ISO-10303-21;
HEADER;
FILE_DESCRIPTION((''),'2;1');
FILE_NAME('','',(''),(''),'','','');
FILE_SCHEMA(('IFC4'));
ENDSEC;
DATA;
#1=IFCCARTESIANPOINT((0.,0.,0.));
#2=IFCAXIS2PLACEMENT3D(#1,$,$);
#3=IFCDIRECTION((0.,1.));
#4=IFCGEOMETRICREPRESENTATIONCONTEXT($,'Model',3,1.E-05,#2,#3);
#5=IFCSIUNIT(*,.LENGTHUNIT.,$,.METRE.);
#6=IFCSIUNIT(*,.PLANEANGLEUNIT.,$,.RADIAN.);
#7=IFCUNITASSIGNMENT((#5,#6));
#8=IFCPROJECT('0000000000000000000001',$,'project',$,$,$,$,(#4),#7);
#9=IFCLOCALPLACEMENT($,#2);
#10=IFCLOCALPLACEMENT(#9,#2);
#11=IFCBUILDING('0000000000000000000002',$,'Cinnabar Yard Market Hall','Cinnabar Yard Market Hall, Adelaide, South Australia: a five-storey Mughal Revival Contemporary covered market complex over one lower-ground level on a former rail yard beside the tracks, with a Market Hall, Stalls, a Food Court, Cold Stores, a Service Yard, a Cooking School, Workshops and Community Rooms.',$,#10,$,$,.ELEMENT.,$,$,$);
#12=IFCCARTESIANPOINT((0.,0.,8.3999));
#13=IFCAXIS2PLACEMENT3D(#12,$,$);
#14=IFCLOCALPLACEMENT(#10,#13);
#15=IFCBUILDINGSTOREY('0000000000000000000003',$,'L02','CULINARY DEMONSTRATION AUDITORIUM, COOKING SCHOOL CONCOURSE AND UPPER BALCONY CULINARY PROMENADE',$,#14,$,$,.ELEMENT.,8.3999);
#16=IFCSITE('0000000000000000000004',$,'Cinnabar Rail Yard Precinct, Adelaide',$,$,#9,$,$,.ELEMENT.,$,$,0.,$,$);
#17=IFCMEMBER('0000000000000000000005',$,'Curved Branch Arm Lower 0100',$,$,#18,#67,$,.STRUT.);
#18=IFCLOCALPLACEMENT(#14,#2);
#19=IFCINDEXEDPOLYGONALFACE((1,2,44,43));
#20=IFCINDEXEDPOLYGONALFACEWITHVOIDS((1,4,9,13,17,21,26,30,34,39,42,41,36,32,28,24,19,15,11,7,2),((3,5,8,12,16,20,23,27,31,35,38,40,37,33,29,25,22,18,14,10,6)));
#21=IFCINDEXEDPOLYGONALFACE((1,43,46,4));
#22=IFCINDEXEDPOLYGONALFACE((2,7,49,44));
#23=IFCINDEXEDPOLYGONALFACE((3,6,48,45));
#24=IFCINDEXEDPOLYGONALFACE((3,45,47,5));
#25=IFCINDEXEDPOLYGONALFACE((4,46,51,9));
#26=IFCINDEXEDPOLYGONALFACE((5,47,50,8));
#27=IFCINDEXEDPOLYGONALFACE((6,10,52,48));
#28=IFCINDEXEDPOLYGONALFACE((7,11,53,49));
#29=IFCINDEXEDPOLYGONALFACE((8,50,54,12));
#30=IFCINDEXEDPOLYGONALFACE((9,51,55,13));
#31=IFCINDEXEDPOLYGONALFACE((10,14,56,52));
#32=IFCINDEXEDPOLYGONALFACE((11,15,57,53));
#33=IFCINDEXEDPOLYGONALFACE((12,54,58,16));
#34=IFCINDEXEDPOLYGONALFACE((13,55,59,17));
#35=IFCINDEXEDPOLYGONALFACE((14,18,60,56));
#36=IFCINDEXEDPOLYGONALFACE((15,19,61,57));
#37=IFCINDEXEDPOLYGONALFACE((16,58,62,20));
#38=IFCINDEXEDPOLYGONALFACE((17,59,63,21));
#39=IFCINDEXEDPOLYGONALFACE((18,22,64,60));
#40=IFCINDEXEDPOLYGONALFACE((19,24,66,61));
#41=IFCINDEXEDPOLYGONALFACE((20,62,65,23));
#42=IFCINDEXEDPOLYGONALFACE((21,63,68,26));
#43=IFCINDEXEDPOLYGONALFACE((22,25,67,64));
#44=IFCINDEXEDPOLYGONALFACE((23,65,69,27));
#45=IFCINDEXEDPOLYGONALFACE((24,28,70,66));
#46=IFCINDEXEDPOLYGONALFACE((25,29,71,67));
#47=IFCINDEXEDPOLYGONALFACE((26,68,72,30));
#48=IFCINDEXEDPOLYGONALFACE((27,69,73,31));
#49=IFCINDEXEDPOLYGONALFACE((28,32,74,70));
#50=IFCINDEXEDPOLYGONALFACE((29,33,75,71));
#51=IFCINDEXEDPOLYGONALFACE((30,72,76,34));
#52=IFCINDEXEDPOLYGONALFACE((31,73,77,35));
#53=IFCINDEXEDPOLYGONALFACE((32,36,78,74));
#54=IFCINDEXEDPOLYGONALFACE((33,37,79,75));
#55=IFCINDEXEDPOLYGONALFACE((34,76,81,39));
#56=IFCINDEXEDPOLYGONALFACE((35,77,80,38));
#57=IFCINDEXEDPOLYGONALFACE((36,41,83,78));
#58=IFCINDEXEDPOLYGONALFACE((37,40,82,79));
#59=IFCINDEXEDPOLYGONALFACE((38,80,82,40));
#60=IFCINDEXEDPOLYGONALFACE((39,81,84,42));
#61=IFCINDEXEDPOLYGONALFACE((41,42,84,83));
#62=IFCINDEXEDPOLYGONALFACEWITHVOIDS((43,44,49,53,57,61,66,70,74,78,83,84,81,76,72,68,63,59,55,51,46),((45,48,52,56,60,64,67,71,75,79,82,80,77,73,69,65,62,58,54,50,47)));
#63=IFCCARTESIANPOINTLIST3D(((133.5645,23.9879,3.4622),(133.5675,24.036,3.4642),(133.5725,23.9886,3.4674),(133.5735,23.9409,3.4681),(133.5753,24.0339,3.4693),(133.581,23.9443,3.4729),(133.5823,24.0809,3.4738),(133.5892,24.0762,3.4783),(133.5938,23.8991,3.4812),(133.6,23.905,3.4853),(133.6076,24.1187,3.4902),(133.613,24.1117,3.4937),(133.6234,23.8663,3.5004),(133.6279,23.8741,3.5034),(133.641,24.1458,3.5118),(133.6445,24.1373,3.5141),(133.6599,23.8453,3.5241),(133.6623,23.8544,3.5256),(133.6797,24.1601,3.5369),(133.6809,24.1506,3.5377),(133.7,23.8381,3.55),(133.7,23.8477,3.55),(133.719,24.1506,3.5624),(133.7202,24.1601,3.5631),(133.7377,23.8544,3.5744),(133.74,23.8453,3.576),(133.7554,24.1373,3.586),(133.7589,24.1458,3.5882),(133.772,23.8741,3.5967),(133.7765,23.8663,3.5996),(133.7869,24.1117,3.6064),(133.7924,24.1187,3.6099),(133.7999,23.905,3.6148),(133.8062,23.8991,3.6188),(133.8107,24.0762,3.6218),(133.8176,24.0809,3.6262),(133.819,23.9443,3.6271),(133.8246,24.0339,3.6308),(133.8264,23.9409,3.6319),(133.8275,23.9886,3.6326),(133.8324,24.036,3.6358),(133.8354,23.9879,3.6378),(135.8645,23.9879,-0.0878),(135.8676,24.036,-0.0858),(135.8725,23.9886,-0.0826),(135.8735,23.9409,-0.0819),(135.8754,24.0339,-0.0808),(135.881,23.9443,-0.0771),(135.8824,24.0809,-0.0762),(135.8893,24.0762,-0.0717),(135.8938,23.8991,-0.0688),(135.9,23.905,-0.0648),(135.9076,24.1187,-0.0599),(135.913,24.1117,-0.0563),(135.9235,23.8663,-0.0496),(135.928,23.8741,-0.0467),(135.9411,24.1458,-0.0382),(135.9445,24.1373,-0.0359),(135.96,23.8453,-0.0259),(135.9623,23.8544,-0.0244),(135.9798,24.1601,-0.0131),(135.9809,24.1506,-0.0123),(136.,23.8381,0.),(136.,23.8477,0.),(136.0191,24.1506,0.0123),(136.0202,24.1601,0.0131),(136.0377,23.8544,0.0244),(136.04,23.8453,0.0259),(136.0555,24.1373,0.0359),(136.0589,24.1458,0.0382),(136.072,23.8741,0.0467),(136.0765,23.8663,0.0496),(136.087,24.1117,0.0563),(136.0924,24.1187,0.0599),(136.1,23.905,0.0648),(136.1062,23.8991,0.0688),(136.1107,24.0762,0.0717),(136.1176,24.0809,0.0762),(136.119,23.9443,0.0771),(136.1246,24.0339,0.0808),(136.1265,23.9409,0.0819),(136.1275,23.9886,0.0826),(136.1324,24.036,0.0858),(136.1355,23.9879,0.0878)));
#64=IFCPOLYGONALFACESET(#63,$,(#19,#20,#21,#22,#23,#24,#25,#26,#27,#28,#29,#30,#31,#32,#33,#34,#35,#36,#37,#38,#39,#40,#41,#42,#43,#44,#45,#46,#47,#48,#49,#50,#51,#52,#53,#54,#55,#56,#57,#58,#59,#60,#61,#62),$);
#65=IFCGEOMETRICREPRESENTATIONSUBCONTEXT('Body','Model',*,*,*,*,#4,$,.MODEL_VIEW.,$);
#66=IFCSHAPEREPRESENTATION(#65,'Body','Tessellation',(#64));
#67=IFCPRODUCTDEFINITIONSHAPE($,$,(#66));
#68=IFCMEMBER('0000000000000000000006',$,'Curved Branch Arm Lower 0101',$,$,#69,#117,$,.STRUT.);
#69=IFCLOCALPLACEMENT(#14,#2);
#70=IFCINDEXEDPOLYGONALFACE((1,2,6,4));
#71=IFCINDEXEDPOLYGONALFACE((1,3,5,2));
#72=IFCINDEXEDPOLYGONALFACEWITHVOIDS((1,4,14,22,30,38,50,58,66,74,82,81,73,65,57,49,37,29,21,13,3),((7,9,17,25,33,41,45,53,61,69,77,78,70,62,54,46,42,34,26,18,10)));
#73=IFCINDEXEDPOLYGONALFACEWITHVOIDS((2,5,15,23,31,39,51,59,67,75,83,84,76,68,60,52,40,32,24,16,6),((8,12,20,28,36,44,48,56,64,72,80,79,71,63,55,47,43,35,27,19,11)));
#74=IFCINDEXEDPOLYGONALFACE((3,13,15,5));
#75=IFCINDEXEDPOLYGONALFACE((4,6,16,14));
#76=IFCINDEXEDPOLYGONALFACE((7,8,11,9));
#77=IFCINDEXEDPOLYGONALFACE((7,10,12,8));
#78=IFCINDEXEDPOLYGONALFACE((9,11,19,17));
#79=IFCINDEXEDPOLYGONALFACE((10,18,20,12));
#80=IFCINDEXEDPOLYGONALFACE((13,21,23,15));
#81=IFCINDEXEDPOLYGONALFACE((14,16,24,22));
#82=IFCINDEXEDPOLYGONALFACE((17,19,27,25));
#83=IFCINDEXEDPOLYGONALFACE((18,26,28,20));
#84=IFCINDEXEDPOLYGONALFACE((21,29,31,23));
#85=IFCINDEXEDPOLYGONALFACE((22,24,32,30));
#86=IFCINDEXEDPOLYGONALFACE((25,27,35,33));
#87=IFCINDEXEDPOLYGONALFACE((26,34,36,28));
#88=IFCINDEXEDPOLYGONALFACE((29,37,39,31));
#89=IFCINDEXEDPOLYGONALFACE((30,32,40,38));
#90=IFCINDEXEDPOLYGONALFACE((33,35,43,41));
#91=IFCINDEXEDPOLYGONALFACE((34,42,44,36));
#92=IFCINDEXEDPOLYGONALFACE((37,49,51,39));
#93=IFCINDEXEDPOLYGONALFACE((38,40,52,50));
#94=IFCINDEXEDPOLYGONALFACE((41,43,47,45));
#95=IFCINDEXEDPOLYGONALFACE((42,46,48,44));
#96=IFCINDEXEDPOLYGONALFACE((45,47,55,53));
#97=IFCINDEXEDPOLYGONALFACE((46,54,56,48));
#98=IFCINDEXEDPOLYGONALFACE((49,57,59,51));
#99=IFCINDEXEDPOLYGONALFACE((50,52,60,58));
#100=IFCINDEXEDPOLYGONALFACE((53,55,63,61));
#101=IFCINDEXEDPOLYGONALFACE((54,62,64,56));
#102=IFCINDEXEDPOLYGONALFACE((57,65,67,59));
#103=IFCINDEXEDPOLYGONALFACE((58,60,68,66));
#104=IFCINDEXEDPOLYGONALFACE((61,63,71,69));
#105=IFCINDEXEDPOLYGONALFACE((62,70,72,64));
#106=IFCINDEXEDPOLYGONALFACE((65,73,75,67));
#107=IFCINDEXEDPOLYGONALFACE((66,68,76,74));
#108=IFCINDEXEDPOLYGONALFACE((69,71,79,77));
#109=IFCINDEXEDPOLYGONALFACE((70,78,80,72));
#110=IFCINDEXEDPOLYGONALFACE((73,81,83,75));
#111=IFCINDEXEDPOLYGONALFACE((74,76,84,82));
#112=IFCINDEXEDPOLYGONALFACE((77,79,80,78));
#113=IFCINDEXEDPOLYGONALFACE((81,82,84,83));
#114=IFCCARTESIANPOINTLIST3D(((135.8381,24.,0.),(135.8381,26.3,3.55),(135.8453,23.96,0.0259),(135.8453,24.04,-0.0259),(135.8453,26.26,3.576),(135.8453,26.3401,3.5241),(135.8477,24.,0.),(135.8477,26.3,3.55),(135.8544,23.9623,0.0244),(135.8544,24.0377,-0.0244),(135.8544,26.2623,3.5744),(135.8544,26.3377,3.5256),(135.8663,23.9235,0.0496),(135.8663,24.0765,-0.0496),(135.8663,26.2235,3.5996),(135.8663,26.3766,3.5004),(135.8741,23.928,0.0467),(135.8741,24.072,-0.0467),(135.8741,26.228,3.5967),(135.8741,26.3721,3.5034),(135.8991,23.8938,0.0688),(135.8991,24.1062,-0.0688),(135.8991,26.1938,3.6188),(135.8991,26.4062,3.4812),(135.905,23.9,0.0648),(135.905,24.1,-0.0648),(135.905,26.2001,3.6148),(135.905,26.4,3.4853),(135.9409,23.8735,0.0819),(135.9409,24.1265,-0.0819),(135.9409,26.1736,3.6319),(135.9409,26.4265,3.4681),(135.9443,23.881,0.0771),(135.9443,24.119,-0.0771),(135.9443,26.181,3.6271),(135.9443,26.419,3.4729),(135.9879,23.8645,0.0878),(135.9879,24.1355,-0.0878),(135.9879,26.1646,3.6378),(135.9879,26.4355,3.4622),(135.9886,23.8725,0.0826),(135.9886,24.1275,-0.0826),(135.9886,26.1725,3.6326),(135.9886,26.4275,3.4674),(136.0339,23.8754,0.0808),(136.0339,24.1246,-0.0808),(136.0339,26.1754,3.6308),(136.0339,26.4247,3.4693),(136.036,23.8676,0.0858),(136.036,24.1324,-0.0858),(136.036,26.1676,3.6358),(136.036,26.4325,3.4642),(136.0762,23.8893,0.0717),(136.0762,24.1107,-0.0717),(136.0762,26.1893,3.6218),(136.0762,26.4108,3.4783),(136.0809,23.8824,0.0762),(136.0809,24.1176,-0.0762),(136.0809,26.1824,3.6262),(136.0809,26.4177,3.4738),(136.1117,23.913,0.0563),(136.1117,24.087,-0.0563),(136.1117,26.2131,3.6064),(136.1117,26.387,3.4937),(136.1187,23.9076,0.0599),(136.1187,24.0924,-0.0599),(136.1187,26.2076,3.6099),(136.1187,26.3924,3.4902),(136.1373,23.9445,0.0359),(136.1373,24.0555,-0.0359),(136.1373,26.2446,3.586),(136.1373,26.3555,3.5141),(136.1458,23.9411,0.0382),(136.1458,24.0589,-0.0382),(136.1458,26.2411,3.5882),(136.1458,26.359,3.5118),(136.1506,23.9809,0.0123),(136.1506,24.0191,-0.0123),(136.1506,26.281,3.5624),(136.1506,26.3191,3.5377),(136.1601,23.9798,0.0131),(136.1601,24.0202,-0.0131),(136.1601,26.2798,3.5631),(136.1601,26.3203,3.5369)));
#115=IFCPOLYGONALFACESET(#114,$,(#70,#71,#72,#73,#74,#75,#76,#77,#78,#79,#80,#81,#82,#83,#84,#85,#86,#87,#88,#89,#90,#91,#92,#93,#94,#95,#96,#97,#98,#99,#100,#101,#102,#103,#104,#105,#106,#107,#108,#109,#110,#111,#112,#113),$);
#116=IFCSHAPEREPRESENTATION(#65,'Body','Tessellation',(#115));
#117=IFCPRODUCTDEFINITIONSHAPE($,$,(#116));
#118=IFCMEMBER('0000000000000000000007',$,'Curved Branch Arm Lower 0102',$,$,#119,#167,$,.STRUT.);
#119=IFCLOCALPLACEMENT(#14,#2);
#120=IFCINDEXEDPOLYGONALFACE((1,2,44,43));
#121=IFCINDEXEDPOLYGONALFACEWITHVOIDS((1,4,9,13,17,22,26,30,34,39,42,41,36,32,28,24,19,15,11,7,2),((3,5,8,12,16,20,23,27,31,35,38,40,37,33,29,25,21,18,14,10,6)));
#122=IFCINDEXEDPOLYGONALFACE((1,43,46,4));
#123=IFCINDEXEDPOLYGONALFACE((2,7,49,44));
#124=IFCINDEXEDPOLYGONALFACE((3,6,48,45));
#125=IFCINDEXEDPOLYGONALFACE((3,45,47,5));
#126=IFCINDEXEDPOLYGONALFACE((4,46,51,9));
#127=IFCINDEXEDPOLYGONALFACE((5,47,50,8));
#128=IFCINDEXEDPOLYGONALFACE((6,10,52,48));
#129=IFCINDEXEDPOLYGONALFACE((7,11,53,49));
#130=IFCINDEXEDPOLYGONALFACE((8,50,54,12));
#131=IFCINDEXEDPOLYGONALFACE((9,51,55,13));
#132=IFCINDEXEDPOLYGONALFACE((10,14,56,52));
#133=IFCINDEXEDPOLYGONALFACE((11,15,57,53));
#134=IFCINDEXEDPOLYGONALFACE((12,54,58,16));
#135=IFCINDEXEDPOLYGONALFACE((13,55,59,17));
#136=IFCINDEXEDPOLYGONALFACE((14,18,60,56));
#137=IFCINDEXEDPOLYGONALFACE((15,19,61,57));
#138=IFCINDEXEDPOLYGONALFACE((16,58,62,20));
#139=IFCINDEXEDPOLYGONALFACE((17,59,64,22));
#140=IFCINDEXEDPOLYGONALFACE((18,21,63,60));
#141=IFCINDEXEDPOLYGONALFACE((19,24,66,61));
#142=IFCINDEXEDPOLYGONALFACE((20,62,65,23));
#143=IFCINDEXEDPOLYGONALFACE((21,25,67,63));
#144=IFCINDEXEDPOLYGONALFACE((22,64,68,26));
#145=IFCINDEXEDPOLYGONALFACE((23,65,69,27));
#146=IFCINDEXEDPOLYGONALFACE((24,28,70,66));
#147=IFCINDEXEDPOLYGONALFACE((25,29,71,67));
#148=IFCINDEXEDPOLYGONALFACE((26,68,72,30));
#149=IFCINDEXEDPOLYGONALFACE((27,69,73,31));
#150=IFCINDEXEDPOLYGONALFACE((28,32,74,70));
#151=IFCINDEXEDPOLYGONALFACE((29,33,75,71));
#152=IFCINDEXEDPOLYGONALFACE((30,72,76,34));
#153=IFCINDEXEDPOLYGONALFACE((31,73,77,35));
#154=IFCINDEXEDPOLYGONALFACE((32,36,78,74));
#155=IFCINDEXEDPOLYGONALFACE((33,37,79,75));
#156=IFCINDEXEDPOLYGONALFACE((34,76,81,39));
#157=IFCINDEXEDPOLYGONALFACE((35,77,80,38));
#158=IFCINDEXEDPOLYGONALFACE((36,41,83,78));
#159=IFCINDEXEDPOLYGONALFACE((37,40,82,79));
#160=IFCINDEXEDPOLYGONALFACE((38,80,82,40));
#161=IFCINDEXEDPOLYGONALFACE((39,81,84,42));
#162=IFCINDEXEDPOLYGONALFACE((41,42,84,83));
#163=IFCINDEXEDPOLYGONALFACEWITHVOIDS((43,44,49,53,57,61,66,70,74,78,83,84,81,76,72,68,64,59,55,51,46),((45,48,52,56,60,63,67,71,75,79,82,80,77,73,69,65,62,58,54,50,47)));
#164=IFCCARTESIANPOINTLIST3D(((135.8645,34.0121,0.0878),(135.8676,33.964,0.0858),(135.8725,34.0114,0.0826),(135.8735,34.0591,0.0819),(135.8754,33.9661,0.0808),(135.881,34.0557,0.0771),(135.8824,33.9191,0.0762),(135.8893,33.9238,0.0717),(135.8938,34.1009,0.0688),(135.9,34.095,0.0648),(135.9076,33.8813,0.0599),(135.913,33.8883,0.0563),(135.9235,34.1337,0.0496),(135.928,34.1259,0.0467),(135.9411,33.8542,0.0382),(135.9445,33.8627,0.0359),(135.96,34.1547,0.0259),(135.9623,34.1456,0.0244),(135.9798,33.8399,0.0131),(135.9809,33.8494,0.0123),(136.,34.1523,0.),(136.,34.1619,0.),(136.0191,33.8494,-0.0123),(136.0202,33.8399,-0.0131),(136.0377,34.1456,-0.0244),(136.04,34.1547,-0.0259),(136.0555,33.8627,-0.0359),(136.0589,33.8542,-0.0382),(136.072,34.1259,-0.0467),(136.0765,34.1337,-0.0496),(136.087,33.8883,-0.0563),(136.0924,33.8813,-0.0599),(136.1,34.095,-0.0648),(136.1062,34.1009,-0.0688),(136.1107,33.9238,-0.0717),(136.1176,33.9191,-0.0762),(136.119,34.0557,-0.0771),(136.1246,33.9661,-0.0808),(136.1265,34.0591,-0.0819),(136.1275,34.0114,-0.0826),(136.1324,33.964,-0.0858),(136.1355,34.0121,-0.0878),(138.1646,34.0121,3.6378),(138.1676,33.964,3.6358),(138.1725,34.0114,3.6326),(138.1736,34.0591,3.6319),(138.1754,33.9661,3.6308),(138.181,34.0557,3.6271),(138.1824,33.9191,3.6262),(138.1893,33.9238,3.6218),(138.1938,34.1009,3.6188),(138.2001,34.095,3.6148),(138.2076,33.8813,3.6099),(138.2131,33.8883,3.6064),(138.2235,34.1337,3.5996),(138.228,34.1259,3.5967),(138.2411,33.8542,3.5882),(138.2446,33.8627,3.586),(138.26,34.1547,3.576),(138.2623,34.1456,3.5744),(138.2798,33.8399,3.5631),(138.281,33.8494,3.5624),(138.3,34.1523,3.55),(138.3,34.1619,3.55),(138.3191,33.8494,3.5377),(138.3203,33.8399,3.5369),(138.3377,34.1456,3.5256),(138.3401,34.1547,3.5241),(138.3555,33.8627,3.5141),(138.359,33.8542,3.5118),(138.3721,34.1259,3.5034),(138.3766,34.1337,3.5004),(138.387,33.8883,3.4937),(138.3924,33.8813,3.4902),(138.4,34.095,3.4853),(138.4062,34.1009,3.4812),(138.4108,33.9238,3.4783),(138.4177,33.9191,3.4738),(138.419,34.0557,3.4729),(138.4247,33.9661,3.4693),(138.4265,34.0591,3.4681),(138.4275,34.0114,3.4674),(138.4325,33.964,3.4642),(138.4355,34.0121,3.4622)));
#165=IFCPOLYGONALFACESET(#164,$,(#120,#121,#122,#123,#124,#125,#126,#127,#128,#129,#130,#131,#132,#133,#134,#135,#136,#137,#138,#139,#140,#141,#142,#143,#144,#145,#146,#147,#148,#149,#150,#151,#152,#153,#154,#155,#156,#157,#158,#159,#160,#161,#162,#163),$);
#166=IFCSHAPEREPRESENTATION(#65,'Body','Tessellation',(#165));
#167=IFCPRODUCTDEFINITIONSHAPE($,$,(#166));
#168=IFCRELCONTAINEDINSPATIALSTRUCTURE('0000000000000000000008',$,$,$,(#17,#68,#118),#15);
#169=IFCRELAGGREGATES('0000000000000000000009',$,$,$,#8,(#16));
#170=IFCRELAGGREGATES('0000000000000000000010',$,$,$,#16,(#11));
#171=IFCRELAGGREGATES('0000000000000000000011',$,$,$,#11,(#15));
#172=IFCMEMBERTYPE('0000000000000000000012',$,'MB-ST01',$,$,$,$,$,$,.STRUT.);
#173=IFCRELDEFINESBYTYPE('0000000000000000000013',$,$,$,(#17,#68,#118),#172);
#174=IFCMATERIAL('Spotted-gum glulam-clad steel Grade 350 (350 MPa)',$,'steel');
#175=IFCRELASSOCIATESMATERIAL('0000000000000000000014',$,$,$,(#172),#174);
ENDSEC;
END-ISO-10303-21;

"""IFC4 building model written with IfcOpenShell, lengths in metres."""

from ifc_helpers import new_model, si_unit, direction, frame, origin, origin_2d_with_axis, place, context, subcontext, project, spatial, hollow_circle, extrude, material, material_profile, profile_set, type_object, element, save


model = new_model("IFC4")

# Units and contexts
model_context = context("Model", 3, precision=1e-05, world=origin(), true_north=direction((0.0, 1.0)))
body_context = subcontext(model_context, "Body", "Model", "MODEL_VIEW")
ifc_project = project(units=[si_unit("LENGTHUNIT", "METRE"), si_unit("PLANEANGLEUNIT", "RADIAN")], contexts=[model_context])

# Site, building, storey
site_placement = place(None, origin())
site = spatial("IfcSite", under=ifc_project, at=site_placement, Name="Cinnabar Rail Yard Precinct, Adelaide", CompositionType="ELEMENT", RefElevation=0.0)
building_placement = place(site_placement, origin())
building = spatial("IfcBuilding", under=site, at=building_placement, Name="Cinnabar Yard Market Hall", Description="Cinnabar Yard Market Hall, Adelaide, South Australia: a five-storey Mughal Revival Contemporary covered market complex over one lower-ground level on a former rail yard beside the tracks, with a Market Hall, Stalls, a Food Court, Cold Stores, a Service Yard, a Cooking School, Workshops and Community Rooms.", CompositionType="ELEMENT")
storey_placement = place(building_placement, frame((0.0, 0.0, 8.3999)))
storey = spatial("IfcBuildingStorey", under=building, at=storey_placement, Name="L02", Description="CULINARY DEMONSTRATION AUDITORIUM, COOKING SCHOOL CONCOURSE AND UPPER BALCONY CULINARY PROMENADE", CompositionType="ELEMENT", Elevation=8.3999)

# Shared definitions
ifc_material_1 = material(Name="Spotted-gum glulam-clad steel Grade 350 (350 MPa)", Category="steel")

# Members
ifc_material_profile_1 = material_profile(ifc_material_1, hollow_circle(Radius=0.1619, WallThickness=0.0095, at=origin_2d_with_axis()), Name="323.9x9.5CHS")
ifc_profile_set_1 = profile_set([ifc_material_profile_1], Name="Spotted-gum glulam-clad steel Grade 350 (350 MPa)")
member_type_1 = type_object("IfcMemberType", Name="MB-ST01", PredefinedType="STRUT", material=ifc_profile_set_1)
for number, where, z_axis, x_axis, name in (
    (1, (136.0, 24.0, 0.0), (-0.543744, 0.0, 0.839251), (0.0, -1.0, 0.0), "Curved Branch Arm Lower 0100"),
    (2, (136.0, 24.0, 0.0), (0.0, 0.543744, 0.839251), (-1.0, 0.0, 0.0), "Curved Branch Arm Lower 0101"),
    (3, (136.0, 34.0, 0.0), (0.543744, 0.0, 0.839251), (0.0, 1.0, 0.0), "Curved Branch Arm Lower 0102"),
):
    element("IfcMember", number, at=place(storey_placement, frame(where, z_axis=z_axis, x_axis=x_axis)), inside=storey, type_object=member_type_1, Name=name, PredefinedType="STRUT", context=body_context, shape_type="SweptSolid", body=[
        extrude(hollow_circle(Radius=0.1619, WallThickness=0.0095, at=origin_2d_with_axis()), origin(), (0.0, 0.0, 1.0), 4.23),
    ])

save(model, "model.ifc")
